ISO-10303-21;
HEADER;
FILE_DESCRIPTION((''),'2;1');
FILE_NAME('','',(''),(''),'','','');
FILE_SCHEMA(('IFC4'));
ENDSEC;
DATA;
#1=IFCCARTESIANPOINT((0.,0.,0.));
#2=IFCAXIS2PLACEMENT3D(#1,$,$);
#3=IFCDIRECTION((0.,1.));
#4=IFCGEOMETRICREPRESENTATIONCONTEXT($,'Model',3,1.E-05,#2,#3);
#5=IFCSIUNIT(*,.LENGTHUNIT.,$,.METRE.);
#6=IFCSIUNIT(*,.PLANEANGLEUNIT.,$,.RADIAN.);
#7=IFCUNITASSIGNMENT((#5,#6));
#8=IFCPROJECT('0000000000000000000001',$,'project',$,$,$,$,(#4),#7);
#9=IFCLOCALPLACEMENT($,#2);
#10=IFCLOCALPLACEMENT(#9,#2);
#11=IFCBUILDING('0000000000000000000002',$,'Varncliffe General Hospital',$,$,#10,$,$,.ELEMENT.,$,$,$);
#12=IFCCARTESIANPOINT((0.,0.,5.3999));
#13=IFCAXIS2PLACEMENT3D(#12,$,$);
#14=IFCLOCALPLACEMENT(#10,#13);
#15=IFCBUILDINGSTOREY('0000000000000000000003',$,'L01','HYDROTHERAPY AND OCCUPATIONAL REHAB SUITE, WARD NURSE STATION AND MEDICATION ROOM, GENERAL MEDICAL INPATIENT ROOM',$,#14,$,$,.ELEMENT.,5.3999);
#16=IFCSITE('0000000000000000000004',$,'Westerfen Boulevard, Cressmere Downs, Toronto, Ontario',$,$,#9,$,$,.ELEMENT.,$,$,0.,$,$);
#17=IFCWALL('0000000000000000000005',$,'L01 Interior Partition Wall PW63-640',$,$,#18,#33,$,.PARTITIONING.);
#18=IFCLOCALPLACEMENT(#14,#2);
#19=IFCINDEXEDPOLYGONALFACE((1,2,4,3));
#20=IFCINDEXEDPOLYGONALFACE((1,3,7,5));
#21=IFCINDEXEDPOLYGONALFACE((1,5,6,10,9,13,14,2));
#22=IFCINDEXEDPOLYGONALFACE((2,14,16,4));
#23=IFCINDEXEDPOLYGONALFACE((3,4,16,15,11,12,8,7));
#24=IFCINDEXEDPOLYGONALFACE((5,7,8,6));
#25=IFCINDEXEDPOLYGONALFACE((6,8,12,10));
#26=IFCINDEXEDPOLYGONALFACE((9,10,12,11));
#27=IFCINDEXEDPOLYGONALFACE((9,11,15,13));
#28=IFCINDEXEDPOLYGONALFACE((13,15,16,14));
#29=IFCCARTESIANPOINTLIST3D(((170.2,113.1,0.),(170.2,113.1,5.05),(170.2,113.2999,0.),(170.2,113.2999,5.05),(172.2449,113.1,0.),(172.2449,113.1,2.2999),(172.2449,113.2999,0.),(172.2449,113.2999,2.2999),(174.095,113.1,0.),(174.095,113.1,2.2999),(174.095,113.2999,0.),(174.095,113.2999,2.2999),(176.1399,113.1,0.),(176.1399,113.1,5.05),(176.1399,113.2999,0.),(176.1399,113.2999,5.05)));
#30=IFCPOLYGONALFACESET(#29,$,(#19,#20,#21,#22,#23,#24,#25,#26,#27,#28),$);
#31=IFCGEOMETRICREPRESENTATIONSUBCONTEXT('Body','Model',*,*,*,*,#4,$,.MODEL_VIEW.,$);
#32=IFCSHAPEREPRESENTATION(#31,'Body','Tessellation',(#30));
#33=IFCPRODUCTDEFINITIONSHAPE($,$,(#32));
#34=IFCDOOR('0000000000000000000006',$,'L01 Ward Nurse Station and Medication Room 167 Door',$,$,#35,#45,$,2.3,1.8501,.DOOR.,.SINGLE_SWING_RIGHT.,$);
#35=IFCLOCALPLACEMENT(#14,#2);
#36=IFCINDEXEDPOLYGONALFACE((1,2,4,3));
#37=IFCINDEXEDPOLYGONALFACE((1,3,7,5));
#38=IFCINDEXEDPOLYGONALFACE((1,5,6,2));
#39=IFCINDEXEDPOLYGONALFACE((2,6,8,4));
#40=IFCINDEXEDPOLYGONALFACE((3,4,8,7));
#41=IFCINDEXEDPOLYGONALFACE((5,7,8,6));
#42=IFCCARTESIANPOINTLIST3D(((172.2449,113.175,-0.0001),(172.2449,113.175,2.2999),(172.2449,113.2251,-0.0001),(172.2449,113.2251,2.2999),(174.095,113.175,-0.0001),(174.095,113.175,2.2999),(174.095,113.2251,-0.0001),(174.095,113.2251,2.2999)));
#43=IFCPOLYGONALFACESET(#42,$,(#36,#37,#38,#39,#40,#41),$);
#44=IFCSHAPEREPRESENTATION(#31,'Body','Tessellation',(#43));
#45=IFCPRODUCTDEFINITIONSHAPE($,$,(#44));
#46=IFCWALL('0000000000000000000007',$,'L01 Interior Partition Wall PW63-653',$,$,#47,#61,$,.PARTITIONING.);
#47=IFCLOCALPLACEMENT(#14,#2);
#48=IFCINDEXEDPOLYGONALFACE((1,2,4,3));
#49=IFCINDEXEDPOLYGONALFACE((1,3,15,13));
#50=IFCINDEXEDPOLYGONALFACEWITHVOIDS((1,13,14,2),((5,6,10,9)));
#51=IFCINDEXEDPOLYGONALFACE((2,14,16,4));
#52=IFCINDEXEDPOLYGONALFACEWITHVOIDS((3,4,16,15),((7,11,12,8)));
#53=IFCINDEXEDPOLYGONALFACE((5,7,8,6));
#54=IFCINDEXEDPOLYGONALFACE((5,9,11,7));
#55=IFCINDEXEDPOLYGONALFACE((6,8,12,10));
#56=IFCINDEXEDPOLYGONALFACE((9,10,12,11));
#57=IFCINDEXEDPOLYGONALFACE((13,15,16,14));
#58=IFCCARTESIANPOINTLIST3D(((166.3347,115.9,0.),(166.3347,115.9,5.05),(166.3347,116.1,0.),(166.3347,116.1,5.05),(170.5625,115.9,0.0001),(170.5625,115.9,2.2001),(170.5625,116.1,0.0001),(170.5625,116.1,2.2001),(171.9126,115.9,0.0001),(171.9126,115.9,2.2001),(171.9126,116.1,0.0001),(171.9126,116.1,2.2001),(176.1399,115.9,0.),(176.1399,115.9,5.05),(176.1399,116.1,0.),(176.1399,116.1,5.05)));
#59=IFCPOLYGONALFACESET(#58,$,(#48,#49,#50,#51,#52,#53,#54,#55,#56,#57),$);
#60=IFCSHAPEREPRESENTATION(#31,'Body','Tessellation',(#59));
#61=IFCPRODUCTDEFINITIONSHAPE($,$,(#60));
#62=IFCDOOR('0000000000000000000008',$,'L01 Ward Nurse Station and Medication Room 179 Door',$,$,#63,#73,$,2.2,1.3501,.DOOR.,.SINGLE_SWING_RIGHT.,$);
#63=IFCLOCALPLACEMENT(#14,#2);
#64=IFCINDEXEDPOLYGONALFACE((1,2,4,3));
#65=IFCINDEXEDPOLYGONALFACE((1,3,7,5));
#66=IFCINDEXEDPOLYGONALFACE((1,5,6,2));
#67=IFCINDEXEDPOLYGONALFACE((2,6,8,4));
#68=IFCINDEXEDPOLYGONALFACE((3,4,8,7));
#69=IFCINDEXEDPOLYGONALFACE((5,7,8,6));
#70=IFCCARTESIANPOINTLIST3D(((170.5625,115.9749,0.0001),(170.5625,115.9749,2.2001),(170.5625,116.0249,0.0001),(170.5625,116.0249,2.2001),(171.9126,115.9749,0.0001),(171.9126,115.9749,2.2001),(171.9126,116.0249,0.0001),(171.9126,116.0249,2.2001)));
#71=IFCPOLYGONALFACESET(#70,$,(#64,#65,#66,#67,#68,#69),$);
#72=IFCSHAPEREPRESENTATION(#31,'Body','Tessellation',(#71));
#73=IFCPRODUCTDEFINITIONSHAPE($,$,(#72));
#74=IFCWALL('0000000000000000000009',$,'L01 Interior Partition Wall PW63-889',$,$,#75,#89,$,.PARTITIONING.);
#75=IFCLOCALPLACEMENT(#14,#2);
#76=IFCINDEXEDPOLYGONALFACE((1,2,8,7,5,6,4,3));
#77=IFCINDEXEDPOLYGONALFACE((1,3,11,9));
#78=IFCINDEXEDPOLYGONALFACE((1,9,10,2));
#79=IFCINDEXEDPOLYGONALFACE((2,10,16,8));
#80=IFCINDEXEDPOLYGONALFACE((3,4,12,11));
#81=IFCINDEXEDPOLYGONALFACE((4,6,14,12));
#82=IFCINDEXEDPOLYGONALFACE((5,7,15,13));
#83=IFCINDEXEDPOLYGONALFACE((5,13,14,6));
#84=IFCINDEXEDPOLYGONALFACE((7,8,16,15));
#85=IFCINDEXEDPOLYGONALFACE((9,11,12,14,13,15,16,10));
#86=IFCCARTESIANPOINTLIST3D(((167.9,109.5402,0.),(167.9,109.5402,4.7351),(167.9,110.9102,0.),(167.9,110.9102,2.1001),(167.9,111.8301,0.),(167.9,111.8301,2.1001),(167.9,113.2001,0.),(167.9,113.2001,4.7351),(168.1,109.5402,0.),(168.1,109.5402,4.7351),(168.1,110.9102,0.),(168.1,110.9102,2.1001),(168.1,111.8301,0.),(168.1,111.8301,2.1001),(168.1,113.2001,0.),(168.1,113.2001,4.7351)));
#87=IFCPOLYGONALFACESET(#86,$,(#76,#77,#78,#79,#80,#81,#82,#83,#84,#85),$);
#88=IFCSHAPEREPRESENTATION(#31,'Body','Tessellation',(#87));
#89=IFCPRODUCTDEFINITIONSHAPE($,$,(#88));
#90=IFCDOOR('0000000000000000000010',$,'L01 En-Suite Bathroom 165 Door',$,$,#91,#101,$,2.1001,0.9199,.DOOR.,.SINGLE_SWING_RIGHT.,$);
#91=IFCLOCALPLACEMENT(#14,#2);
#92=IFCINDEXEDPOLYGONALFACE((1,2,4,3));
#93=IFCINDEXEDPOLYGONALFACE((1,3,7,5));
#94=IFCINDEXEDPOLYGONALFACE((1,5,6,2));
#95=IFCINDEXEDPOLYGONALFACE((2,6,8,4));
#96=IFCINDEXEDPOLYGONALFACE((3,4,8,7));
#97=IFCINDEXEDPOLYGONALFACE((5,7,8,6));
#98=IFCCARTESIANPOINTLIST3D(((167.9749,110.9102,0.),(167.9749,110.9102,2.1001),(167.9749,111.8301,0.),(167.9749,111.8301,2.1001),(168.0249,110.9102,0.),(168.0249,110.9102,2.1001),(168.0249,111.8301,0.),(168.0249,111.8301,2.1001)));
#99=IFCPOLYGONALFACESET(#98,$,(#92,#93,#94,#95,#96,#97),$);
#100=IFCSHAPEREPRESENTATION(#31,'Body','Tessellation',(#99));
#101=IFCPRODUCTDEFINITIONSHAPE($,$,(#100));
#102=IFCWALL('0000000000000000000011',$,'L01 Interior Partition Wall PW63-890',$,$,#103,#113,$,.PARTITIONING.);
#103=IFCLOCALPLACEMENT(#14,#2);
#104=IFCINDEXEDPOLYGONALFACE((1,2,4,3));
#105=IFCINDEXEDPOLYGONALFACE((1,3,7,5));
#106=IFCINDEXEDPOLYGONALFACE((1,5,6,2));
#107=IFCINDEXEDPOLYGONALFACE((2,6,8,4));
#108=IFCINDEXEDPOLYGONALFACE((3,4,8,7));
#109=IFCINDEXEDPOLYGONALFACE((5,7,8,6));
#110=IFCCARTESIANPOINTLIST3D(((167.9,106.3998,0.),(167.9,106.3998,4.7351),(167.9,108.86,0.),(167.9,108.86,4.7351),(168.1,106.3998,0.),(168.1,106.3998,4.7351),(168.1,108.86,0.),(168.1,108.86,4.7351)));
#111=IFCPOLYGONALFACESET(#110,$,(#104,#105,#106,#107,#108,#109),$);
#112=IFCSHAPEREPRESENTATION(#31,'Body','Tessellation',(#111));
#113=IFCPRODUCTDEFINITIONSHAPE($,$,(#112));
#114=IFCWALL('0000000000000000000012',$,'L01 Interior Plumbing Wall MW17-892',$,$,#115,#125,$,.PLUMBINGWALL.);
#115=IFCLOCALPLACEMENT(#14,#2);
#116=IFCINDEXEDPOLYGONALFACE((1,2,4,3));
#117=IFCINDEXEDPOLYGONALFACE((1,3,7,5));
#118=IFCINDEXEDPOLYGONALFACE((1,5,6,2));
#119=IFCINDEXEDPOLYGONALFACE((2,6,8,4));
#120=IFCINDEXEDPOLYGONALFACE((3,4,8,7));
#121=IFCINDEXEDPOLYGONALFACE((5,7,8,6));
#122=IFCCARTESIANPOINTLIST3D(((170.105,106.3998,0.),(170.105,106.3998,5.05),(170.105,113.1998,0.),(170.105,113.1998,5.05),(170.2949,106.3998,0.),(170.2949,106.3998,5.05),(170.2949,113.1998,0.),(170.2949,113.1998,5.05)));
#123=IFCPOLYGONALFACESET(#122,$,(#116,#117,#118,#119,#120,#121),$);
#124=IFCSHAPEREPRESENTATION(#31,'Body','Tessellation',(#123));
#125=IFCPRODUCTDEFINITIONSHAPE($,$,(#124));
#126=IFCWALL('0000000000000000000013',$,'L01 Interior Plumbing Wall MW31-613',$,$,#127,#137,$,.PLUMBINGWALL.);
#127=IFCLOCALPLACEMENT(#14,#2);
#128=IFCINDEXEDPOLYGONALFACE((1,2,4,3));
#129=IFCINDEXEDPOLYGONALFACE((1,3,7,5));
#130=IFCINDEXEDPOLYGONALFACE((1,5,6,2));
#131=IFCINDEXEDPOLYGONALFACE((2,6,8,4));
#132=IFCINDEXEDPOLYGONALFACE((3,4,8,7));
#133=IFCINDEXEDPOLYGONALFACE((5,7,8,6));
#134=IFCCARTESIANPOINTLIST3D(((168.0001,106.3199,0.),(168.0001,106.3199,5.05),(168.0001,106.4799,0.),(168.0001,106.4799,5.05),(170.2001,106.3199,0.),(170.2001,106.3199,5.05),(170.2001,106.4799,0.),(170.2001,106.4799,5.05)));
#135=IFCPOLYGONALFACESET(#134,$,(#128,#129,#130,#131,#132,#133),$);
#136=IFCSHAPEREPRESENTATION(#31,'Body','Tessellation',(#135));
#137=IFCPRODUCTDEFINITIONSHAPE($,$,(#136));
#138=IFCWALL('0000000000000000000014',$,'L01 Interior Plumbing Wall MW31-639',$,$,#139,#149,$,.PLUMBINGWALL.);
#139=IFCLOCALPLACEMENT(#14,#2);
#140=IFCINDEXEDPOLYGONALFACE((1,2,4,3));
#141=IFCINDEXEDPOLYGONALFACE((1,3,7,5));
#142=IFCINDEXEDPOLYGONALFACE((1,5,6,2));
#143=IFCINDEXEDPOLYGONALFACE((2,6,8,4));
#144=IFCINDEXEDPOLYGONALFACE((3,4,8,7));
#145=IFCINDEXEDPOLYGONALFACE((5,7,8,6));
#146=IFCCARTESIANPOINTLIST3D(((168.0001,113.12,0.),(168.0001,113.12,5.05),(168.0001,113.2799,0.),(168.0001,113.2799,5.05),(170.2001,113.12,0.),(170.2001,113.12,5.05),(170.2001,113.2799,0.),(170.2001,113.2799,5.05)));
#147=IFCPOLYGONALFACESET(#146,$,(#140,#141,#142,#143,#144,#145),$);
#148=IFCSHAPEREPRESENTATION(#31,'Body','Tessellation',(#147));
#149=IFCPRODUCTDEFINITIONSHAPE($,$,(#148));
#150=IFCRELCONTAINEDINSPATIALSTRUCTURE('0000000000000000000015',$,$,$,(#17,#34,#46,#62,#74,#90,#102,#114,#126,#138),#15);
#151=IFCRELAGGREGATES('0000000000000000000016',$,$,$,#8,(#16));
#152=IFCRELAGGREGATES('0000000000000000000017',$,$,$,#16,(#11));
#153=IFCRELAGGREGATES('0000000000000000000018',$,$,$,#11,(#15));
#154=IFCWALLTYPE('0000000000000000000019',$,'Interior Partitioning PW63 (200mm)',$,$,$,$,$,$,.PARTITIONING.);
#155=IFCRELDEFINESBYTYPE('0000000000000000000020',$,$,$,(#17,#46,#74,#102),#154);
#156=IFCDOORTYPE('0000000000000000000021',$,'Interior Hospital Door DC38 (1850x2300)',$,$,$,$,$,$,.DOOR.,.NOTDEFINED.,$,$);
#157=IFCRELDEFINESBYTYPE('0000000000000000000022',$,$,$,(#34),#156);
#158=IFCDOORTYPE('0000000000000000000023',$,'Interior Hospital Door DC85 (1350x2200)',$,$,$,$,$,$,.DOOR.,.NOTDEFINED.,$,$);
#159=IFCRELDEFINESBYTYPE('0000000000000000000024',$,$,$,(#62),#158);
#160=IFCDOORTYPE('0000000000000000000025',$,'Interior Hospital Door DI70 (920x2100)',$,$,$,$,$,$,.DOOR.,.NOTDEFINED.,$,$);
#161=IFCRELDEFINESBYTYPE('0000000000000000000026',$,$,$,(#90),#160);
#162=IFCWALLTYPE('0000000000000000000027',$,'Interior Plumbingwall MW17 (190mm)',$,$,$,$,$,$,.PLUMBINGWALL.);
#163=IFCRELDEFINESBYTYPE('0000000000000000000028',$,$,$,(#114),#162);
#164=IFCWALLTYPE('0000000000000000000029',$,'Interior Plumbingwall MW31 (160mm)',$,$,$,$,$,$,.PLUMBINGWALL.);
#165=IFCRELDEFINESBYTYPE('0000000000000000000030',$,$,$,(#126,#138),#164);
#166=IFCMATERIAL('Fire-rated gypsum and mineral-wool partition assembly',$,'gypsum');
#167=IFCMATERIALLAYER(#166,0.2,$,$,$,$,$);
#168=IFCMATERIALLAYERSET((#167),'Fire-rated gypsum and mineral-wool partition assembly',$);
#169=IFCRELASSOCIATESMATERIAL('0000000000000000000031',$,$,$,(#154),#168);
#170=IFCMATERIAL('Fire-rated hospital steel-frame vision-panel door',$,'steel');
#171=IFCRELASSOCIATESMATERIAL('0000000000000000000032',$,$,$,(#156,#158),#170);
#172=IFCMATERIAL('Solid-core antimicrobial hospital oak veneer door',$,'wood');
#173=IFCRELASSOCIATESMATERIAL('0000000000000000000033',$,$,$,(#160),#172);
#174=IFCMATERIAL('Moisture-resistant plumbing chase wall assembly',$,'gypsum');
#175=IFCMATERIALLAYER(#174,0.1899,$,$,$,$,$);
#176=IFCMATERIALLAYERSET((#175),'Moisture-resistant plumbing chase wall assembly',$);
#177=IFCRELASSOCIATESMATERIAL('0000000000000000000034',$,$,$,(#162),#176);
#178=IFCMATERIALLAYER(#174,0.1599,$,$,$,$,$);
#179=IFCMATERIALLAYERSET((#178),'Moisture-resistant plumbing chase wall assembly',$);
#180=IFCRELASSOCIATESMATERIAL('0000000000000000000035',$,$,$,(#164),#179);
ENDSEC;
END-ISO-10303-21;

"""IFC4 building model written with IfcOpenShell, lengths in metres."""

from ifc_helpers import new_model, si_unit, direction, frame, frame_2d, origin, place, context, subcontext, project, spatial, rectangle, extrude, material, layer, layer_set, type_object, element, fill, save


model = new_model("IFC4")

# Units and contexts
model_context = context("Model", 3, precision=1e-05, world=origin(), true_north=direction((0.0, 1.0)))
body_context = subcontext(model_context, "Body", "Model", "MODEL_VIEW")
ifc_project = project(units=[si_unit("LENGTHUNIT", "METRE"), si_unit("PLANEANGLEUNIT", "RADIAN")], contexts=[model_context])

# Site, building, storey
site_placement = place(None, origin())
site = spatial("IfcSite", under=ifc_project, at=site_placement, Name="Westerfen Boulevard, Cressmere Downs, Toronto, Ontario", CompositionType="ELEMENT", RefElevation=0.0)
building_placement = place(site_placement, origin())
building = spatial("IfcBuilding", under=site, at=building_placement, Name="Varncliffe General Hospital", CompositionType="ELEMENT")
storey_placement = place(building_placement, frame((0.0, 0.0, 5.3999)))
storey = spatial("IfcBuildingStorey", under=building, at=storey_placement, Name="L01", Description="HYDROTHERAPY AND OCCUPATIONAL REHAB SUITE, WARD NURSE STATION AND MEDICATION ROOM, GENERAL MEDICAL INPATIENT ROOM", CompositionType="ELEMENT", Elevation=5.3999)

# Walls, openings, doors
ifc_material_1 = material(Name="Fire-rated gypsum and mineral-wool partition assembly", Category="gypsum")
ifc_layer_1 = layer(ifc_material_1, 0.2)
ifc_layer_set_1 = layer_set([ifc_layer_1], Name="Fire-rated gypsum and mineral-wool partition assembly")
wall_type_1 = type_object("IfcWallType", Name="Interior Partitioning PW63 (200mm)", PredefinedType="PARTITIONING", material=ifc_layer_set_1)
wall_1_placement = place(storey_placement, frame((170.2, 113.2, 0.0), z_axis=(0.0, 0.0, 1.0), x_axis=(1.0, 0.0, 0.0)))
wall_1 = element("IfcWall", 1, at=wall_1_placement, inside=storey, type_object=wall_type_1, Name="L01 Interior Partition Wall PW63-640", PredefinedType="PARTITIONING", context=body_context, shape_type="SweptSolid", body=[
    extrude(rectangle(XDim=5.9399, YDim=0.2, at=frame_2d((2.97, 0.0))), origin(), (0.0, 0.0, 1.0), 5.05),
])
opening_1_placement = place(wall_1_placement, frame((2.0449, 0.0, 0.0)))
opening_1 = element("IfcOpeningElement", 2, at=opening_1_placement, cuts=wall_1, PredefinedType="OPENING", context=body_context, shape_type="SweptSolid", body=[
    extrude(rectangle(XDim=1.8501, YDim=2.3, at=frame_2d((0.925, 1.1499))), frame((0.0, 0.1099, 0.0), z_axis=(0.0, -1.0, 0.0), x_axis=(1.0, 0.0, 0.0)), (0.0, 0.0, 1.0), 0.22),
])
ifc_material_2 = material(Name="Fire-rated hospital steel-frame vision-panel door", Category="steel")
door_type_1 = type_object("IfcDoorType", Name="Interior Hospital Door DC38 (1850x2300)", OperationType="NOTDEFINED", PredefinedType="DOOR", material=ifc_material_2)
door_1_placement = place(opening_1_placement, frame((1.8501, 0.0, 0.0), z_axis=(0.0, 0.0, 1.0), x_axis=(-1.0, 0.0, 0.0)))
door_1 = element("IfcDoor", 3, at=door_1_placement, inside=storey, type_object=door_type_1, Name="L01 Ward Nurse Station and Medication Room 167 Door", OperationType="SINGLE_SWING_RIGHT", OverallHeight=2.3, OverallWidth=1.8501, PredefinedType="DOOR", context=body_context, shape_type="SweptSolid", body=[
    extrude(rectangle(XDim=1.8501, YDim=2.3, at=frame_2d((0.925, 1.1499))), frame((0.0, 0.0249, 0.0), z_axis=(0.0, -1.0, 0.0), x_axis=(1.0, 0.0, 0.0)), (0.0, 0.0, 1.0), 0.05),
])
fill(opening_1, door_1)
wall_2_placement = place(storey_placement, frame((166.3347, 116.0, 0.0), z_axis=(0.0, 0.0, 1.0), x_axis=(1.0, 0.0, 0.0)))
wall_2 = element("IfcWall", 4, at=wall_2_placement, inside=storey, type_object=wall_type_1, Name="L01 Interior Partition Wall PW63-653", PredefinedType="PARTITIONING", context=body_context, shape_type="SweptSolid", body=[
    extrude(rectangle(XDim=9.8052, YDim=0.2, at=frame_2d((4.9026, 0.0))), origin(), (0.0, 0.0, 1.0), 5.05),
])
opening_2_placement = place(wall_2_placement, frame((4.2278, 0.0, 0.0)))
opening_2 = element("IfcOpeningElement", 5, at=opening_2_placement, cuts=wall_2, PredefinedType="OPENING", context=body_context, shape_type="SweptSolid", body=[
    extrude(rectangle(XDim=1.3501, YDim=2.2, at=frame_2d((0.675, 1.1001))), frame((0.0, 0.1099, 0.0), z_axis=(0.0, -1.0, 0.0), x_axis=(1.0, 0.0, 0.0)), (0.0, 0.0, 1.0), 0.22),
])
door_type_2 = type_object("IfcDoorType", Name="Interior Hospital Door DC85 (1350x2200)", OperationType="NOTDEFINED", PredefinedType="DOOR", material=ifc_material_2)
door_2_placement = place(opening_2_placement, origin())
door_2 = element("IfcDoor", 6, at=door_2_placement, inside=storey, type_object=door_type_2, Name="L01 Ward Nurse Station and Medication Room 179 Door", OperationType="SINGLE_SWING_RIGHT", OverallHeight=2.2, OverallWidth=1.3501, PredefinedType="DOOR", context=body_context, shape_type="SweptSolid", body=[
    extrude(rectangle(XDim=1.3501, YDim=2.2, at=frame_2d((0.675, 1.1001))), frame((0.0, 0.0249, 0.0), z_axis=(0.0, -1.0, 0.0), x_axis=(1.0, 0.0, 0.0)), (0.0, 0.0, 1.0), 0.05),
])
fill(opening_2, door_2)
wall_3_placement = place(storey_placement, frame((168.0, 109.54, 0.0), z_axis=(0.0, 0.0, 1.0), x_axis=(0.0, 1.0, 0.0)))
wall_3 = element("IfcWall", 7, at=wall_3_placement, inside=storey, type_object=wall_type_1, Name="L01 Interior Partition Wall PW63-889", PredefinedType="PARTITIONING", context=body_context, shape_type="SweptSolid", body=[
    extrude(rectangle(XDim=3.6599, YDim=0.2, at=frame_2d((1.8301, 0.0))), origin(), (0.0, 0.0, 1.0), 4.7351),
])
opening_3_placement = place(wall_3_placement, frame((1.3701, 0.0, 0.0)))
opening_3 = element("IfcOpeningElement", 8, at=opening_3_placement, cuts=wall_3, PredefinedType="OPENING", context=body_context, shape_type="SweptSolid", body=[
    extrude(rectangle(XDim=0.9199, YDim=2.1001, at=frame_2d((0.46, 1.05))), frame((0.0, 0.1099, 0.0), z_axis=(0.0, -1.0, 0.0), x_axis=(1.0, 0.0, 0.0)), (0.0, 0.0, 1.0), 0.22),
])
ifc_material_3 = material(Name="Solid-core antimicrobial hospital oak veneer door", Category="wood")
door_type_3 = type_object("IfcDoorType", Name="Interior Hospital Door DI70 (920x2100)", OperationType="NOTDEFINED", PredefinedType="DOOR", material=ifc_material_3)
door_3_placement = place(opening_3_placement, frame((0.9199, 0.0, 0.0), z_axis=(0.0, 0.0, 1.0), x_axis=(-1.0, 0.0, 0.0)))
door_3 = element("IfcDoor", 9, at=door_3_placement, inside=storey, type_object=door_type_3, Name="L01 En-Suite Bathroom 165 Door", OperationType="SINGLE_SWING_RIGHT", OverallHeight=2.1001, OverallWidth=0.9199, PredefinedType="DOOR", context=body_context, shape_type="SweptSolid", body=[
    extrude(rectangle(XDim=0.9199, YDim=2.1001, at=frame_2d((0.46, 1.05))), frame((0.0, 0.0249, 0.0), z_axis=(0.0, -1.0, 0.0), x_axis=(1.0, 0.0, 0.0)), (0.0, 0.0, 1.0), 0.05),
])
fill(opening_3, door_3)

# Walls
wall_4_placement = place(storey_placement, frame((168.0, 106.3999, 0.0), z_axis=(0.0, 0.0, 1.0), x_axis=(0.0, 1.0, 0.0)))
element("IfcWall", 10, at=wall_4_placement, inside=storey, type_object=wall_type_1, Name="L01 Interior Partition Wall PW63-890", PredefinedType="PARTITIONING", context=body_context, shape_type="SweptSolid", body=[
    extrude(rectangle(XDim=2.4602, YDim=0.2, at=frame_2d((1.23, 0.0))), origin(), (0.0, 0.0, 1.0), 4.7351),
])
ifc_material_4 = material(Name="Moisture-resistant plumbing chase wall assembly", Category="gypsum")
ifc_layer_2 = layer(ifc_material_4, 0.1899)
ifc_layer_set_2 = layer_set([ifc_layer_2], Name="Moisture-resistant plumbing chase wall assembly")
wall_type_2 = type_object("IfcWallType", Name="Interior Plumbingwall MW17 (190mm)", PredefinedType="PLUMBINGWALL", material=ifc_layer_set_2)
wall_5_placement = place(storey_placement, frame((170.2, 106.3999, 0.0), z_axis=(0.0, 0.0, 1.0), x_axis=(0.0, 1.0, 0.0)))
element("IfcWall", 11, at=wall_5_placement, inside=storey, type_object=wall_type_2, Name="L01 Interior Plumbing Wall MW17-892", PredefinedType="PLUMBINGWALL", context=body_context, shape_type="SweptSolid", body=[
    extrude(rectangle(XDim=6.8, YDim=0.1899, at=frame_2d((3.3999, 0.0))), origin(), (0.0, 0.0, 1.0), 5.05),
])
ifc_layer_3 = layer(ifc_material_4, 0.1599)
ifc_layer_set_3 = layer_set([ifc_layer_3], Name="Moisture-resistant plumbing chase wall assembly")
wall_type_3 = type_object("IfcWallType", Name="Interior Plumbingwall MW31 (160mm)", PredefinedType="PLUMBINGWALL", material=ifc_layer_set_3)
for number, where, z_axis, x_axis, name in (
    (12, (168.0, 106.3999, 0.0), (0.0, 0.0, 1.0), (1.0, 0.0, 0.0), "L01 Interior Plumbing Wall MW31-613"),
    (13, (168.0, 113.2, 0.0), (0.0, 0.0, 1.0), (1.0, 0.0, 0.0), "L01 Interior Plumbing Wall MW31-639"),
):
    element("IfcWall", number, at=place(storey_placement, frame(where, z_axis=z_axis, x_axis=x_axis)), inside=storey, type_object=wall_type_3, Name=name, PredefinedType="PLUMBINGWALL", context=body_context, shape_type="SweptSolid", body=[
        extrude(rectangle(XDim=2.2, YDim=0.1599, at=frame_2d((1.1001, 0.0))), origin(), (0.0, 0.0, 1.0), 5.05),
    ])

save(model, "model.ifc")
